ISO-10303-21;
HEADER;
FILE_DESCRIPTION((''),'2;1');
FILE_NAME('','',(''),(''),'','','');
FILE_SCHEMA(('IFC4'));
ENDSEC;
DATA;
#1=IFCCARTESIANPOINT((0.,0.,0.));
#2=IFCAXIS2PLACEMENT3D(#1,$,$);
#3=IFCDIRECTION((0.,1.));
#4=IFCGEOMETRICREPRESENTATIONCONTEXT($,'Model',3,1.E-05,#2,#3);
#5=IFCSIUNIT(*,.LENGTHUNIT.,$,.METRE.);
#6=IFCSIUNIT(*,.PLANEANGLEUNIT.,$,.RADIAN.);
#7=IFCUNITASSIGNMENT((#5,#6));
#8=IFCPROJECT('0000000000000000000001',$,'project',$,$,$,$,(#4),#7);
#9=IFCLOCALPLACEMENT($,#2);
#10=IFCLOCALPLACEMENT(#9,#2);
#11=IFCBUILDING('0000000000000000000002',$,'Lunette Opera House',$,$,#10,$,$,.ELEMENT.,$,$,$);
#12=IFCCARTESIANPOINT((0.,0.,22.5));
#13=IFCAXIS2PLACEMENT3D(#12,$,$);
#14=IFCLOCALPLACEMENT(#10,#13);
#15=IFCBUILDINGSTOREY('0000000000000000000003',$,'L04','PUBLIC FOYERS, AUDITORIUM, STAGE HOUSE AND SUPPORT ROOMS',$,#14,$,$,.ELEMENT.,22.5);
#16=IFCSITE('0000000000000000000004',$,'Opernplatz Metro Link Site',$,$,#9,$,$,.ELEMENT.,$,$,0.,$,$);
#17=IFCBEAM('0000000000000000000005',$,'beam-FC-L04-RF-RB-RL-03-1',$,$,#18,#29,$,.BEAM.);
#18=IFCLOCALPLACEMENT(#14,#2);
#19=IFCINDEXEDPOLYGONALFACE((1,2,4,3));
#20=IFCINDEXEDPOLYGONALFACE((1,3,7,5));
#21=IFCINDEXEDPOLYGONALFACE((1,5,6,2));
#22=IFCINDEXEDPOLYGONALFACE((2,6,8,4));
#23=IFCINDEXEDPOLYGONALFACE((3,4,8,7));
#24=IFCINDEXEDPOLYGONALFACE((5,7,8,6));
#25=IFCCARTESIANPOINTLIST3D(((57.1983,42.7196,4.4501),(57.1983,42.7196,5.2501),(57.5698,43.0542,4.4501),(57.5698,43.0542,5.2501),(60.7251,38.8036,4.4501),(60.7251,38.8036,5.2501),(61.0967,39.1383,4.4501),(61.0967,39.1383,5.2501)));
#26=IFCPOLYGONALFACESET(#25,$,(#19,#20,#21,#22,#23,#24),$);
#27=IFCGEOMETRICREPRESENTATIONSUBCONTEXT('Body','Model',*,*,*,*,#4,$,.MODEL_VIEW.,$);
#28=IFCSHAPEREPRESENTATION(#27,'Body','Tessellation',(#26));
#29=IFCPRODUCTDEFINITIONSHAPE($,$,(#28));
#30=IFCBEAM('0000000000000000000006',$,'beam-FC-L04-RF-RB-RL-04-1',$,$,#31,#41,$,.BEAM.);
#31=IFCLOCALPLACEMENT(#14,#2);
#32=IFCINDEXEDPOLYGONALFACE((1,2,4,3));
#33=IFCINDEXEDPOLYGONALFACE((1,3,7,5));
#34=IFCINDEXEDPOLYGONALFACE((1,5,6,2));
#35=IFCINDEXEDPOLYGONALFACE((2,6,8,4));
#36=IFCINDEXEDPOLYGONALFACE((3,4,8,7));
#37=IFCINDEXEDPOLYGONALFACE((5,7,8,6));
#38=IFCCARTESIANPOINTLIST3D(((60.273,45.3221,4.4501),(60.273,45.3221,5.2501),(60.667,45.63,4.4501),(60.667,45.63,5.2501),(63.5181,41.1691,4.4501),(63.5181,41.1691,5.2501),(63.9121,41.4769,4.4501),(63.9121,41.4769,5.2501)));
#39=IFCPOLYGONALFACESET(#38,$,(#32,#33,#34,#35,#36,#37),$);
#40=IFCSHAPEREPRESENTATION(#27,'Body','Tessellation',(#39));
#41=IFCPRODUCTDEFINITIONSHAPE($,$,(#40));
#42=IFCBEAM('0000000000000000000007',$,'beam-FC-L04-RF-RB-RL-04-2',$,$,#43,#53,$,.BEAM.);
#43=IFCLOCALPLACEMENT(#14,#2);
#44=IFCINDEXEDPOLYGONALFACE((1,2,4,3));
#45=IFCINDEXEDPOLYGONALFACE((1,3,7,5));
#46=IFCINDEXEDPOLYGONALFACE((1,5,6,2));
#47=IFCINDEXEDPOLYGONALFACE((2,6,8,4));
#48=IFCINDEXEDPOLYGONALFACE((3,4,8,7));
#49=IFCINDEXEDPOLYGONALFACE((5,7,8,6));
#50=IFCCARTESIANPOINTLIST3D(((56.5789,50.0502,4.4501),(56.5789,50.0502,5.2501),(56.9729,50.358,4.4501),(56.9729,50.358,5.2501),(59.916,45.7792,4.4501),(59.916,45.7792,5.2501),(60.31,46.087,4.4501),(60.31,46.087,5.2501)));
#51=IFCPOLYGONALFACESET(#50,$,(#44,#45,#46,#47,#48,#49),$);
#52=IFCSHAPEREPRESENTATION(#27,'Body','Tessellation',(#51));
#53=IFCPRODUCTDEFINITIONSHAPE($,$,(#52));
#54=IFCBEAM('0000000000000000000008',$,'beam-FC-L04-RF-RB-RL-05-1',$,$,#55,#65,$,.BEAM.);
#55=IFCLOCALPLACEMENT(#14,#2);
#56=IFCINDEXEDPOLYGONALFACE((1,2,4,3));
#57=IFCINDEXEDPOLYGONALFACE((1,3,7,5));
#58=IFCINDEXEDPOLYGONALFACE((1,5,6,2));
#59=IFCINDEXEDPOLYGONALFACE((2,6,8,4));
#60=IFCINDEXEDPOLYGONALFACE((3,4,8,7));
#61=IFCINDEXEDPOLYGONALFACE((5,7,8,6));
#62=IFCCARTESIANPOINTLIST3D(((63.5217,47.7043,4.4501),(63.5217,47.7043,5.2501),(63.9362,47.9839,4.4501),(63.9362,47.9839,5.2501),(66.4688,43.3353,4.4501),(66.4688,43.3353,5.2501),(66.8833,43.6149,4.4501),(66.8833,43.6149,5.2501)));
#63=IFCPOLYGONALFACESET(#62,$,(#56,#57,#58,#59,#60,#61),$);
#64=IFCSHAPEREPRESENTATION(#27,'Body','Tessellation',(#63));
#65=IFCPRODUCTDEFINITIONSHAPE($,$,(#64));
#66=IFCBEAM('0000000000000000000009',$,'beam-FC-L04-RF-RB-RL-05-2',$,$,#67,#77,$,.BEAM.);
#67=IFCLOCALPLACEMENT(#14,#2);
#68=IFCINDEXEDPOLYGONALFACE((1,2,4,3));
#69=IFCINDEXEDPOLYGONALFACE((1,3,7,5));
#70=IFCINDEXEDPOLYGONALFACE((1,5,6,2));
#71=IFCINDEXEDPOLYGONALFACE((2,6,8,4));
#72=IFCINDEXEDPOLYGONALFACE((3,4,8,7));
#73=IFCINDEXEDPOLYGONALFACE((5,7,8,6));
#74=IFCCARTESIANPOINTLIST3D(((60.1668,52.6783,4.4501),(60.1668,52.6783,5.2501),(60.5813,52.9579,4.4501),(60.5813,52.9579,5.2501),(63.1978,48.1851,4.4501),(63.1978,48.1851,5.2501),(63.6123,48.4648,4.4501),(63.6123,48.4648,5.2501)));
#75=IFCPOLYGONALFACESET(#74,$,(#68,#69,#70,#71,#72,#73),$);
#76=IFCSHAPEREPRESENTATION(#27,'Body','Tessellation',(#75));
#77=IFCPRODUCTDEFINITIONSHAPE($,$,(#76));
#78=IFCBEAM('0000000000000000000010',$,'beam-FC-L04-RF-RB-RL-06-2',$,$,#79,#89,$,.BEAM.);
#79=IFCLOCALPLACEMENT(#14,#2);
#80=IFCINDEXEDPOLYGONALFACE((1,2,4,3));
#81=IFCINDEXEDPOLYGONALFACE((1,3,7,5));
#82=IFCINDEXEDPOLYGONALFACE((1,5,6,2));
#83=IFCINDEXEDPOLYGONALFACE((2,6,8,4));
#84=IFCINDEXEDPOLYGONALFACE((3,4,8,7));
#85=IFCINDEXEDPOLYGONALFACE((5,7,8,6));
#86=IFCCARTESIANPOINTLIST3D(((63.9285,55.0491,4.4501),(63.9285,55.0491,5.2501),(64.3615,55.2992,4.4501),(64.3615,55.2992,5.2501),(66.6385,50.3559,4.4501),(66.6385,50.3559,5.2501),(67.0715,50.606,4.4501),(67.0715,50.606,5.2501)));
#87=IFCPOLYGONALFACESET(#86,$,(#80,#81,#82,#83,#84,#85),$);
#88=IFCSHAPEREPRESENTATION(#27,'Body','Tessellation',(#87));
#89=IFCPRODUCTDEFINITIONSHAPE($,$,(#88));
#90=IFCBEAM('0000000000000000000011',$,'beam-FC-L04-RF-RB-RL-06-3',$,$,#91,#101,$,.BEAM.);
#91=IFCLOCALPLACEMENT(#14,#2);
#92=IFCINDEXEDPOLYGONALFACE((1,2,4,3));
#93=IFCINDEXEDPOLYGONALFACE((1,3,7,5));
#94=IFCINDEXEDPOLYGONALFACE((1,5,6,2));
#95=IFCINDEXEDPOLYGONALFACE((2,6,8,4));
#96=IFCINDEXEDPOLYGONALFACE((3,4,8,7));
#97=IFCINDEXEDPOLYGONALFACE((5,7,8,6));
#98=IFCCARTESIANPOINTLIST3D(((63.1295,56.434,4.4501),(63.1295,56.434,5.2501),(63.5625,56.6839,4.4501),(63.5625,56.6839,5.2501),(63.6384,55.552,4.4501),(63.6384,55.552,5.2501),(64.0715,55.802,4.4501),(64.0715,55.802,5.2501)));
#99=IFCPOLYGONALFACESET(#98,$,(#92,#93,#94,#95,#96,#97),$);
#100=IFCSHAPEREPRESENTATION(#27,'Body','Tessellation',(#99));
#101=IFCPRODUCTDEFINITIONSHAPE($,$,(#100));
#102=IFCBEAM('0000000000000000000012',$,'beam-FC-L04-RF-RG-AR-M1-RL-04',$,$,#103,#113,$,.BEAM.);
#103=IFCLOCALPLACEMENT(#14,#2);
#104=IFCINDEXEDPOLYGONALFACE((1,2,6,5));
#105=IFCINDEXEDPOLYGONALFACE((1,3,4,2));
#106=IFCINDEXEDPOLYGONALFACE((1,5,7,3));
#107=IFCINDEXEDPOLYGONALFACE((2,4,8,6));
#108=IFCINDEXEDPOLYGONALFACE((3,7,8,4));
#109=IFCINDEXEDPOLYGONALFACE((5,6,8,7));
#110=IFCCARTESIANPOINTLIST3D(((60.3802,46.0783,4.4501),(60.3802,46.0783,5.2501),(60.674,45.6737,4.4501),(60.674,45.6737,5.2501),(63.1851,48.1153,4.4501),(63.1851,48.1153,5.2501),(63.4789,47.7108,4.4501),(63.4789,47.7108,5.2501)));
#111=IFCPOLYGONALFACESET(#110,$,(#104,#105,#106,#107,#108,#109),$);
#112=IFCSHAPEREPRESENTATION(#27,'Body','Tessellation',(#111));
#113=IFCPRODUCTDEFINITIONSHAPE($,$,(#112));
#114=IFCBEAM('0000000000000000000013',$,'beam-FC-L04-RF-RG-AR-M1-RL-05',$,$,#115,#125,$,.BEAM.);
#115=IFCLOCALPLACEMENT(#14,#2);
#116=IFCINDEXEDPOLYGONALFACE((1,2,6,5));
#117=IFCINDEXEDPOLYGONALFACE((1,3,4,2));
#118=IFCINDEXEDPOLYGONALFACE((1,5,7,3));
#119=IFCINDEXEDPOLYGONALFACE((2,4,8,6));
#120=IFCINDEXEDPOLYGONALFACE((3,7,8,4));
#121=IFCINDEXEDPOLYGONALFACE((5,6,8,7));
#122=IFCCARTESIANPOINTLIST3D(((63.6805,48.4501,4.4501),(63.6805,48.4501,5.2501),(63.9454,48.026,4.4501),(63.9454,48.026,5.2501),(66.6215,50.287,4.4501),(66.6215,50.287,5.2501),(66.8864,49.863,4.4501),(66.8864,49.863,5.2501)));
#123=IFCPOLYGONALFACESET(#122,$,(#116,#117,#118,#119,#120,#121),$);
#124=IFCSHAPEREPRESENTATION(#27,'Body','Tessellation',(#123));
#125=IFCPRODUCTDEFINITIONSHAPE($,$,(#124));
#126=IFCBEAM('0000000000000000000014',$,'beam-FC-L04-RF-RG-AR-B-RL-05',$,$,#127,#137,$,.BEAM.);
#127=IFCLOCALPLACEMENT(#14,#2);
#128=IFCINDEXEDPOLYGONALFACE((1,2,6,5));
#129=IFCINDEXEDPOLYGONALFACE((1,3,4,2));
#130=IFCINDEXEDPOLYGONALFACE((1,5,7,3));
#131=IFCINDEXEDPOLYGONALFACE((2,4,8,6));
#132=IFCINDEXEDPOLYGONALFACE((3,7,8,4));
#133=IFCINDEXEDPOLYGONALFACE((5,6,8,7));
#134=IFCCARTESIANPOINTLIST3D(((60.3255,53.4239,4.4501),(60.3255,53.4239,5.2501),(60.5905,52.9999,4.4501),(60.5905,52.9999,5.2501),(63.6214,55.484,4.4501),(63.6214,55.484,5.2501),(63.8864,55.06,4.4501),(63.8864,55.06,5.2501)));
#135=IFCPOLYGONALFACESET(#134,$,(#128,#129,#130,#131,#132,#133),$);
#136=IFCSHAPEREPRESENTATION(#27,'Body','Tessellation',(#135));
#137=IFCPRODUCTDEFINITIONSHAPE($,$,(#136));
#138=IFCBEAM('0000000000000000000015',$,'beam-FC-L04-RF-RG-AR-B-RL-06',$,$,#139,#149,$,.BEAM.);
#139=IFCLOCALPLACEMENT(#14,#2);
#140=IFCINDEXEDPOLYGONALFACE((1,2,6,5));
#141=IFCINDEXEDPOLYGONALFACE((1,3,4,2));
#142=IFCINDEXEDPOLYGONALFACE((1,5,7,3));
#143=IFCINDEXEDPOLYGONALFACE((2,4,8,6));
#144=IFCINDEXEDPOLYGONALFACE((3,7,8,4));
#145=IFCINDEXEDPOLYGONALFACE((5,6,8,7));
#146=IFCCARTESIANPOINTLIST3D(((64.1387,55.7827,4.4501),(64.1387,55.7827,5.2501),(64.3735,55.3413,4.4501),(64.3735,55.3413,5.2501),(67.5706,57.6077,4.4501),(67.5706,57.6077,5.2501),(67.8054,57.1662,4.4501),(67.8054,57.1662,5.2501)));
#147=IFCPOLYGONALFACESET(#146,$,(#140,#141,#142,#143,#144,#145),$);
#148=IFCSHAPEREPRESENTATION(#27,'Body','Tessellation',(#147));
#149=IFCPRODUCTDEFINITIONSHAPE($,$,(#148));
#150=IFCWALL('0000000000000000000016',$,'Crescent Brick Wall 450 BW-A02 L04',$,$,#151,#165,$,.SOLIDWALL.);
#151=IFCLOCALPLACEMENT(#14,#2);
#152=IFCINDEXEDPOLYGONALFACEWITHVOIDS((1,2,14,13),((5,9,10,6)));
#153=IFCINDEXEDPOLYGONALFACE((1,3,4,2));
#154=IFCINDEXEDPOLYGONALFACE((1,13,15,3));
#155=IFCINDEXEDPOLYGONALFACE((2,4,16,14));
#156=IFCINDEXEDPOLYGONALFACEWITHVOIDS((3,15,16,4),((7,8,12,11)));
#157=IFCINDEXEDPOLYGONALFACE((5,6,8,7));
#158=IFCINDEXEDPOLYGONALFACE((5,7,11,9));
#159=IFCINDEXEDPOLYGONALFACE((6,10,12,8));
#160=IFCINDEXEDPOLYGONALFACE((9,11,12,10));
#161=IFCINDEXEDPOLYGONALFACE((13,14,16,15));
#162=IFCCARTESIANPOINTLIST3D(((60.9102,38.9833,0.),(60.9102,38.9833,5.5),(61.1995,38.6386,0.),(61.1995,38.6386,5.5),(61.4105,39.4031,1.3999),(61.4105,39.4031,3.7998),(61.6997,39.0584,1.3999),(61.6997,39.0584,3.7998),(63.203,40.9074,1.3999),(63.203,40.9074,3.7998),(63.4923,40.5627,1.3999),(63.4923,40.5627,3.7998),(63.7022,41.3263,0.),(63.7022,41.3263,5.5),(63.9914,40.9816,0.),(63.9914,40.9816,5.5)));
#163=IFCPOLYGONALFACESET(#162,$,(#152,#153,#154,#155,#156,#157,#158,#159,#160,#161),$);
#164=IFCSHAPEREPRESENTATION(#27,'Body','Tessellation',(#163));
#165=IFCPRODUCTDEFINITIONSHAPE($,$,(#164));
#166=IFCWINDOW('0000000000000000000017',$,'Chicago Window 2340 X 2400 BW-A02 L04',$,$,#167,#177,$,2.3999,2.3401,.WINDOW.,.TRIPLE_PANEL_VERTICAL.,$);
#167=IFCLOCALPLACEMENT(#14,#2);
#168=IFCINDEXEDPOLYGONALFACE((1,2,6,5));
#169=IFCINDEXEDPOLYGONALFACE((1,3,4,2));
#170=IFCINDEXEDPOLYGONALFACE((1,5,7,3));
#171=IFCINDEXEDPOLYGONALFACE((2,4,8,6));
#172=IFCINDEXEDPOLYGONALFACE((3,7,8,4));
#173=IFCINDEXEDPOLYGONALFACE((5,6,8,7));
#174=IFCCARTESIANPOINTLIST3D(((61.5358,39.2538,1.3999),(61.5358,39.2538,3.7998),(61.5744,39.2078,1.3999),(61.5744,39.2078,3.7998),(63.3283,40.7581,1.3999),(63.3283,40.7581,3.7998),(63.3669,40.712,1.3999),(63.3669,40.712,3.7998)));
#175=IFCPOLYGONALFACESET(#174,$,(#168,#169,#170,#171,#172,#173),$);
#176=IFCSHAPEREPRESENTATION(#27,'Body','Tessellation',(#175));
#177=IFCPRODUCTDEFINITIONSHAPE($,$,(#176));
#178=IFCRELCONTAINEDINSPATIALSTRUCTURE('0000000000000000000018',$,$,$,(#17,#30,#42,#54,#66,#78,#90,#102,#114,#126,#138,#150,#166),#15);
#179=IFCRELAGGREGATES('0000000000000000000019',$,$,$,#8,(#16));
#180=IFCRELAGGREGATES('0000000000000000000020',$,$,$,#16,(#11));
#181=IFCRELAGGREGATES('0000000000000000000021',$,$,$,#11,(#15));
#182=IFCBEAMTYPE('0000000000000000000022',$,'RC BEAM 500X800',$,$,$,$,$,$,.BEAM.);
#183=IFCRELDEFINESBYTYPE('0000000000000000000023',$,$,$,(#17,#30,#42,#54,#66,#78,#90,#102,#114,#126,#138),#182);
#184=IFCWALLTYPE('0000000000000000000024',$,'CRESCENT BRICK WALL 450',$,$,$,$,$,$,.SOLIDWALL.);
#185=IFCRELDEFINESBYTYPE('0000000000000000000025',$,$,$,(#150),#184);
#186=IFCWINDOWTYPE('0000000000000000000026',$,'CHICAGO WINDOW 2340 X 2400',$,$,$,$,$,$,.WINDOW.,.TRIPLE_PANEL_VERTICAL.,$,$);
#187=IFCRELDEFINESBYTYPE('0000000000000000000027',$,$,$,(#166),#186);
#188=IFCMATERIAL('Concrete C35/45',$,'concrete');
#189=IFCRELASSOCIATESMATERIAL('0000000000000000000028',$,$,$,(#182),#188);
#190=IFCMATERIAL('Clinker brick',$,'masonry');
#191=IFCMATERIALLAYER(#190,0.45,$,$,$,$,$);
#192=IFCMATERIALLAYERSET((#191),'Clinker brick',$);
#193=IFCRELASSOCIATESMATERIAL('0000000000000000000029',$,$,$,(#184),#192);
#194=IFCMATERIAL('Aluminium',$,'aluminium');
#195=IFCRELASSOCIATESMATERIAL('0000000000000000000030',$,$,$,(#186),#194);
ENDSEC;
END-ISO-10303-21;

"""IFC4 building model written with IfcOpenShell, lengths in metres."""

from ifc_helpers import new_model, si_unit, direction, frame, frame_2d, origin, origin_2d, place, context, subcontext, project, spatial, rectangle, extrude, material, layer, layer_set, material_profile, profile_set, type_object, element, fill, save


model = new_model("IFC4")

# Units and contexts
model_context = context("Model", 3, precision=1e-05, world=origin(), true_north=direction((0.0, 1.0)))
body_context = subcontext(model_context, "Body", "Model", "MODEL_VIEW")
ifc_project = project(units=[si_unit("LENGTHUNIT", "METRE"), si_unit("PLANEANGLEUNIT", "RADIAN")], contexts=[model_context])

# Site, building, storey
site_placement = place(None, origin())
site = spatial("IfcSite", under=ifc_project, at=site_placement, Name="Opernplatz Metro Link Site", CompositionType="ELEMENT", RefElevation=0.0)
building_placement = place(site_placement, origin())
building = spatial("IfcBuilding", under=site, at=building_placement, Name="Lunette Opera House", CompositionType="ELEMENT")
storey_placement = place(building_placement, frame((0.0, 0.0, 22.5)))
storey = spatial("IfcBuildingStorey", under=building, at=storey_placement, Name="L04", Description="PUBLIC FOYERS, AUDITORIUM, STAGE HOUSE AND SUPPORT ROOMS", CompositionType="ELEMENT", Elevation=22.5)

# Beams
ifc_material_1 = material(Name="Concrete C35/45", Category="concrete")
ifc_material_profile_1 = material_profile(ifc_material_1, rectangle(XDim=0.5, YDim=0.8, at=origin_2d()), Name="RC BEAM 500X800")
ifc_profile_set_1 = profile_set([ifc_material_profile_1], Name="Concrete C35/45")
beam_type = type_object("IfcBeamType", Name="RC BEAM 500X800", PredefinedType="BEAM", material=ifc_profile_set_1)
beam_1_placement = place(storey_placement, frame((60.9109, 38.9709, 4.8501), z_axis=(-0.669221, 0.743064, 0.0), x_axis=(-0.743064, -0.669221, 0.0)))
element("IfcBeam", 1, at=beam_1_placement, inside=storey, type_object=beam_type, Name="beam-FC-L04-RF-RB-RL-03-1", PredefinedType="BEAM", context=body_context, shape_type="SweptSolid", body=[
    extrude(rectangle(XDim=0.5, YDim=0.8, at=origin_2d()), origin(), (0.0, 0.0, 1.0), 5.27),
])
beam_2_placement = place(storey_placement, frame((63.7151, 41.323, 4.8501), z_axis=(-0.615706, 0.787976, 0.0), x_axis=(-0.787976, -0.615706, 0.0)))
element("IfcBeam", 2, at=beam_2_placement, inside=storey, type_object=beam_type, Name="beam-FC-L04-RF-RB-RL-04-1", PredefinedType="BEAM", context=body_context, shape_type="SweptSolid", body=[
    extrude(rectangle(XDim=0.5, YDim=0.8, at=origin_2d()), origin(), (0.0, 0.0, 1.0), 5.2705),
])
beam_3_placement = place(storey_placement, frame((60.113, 45.9331, 4.8501), z_axis=(-0.615695, 0.787985, 0.0), x_axis=(-0.787985, -0.615695, 0.0)))
element("IfcBeam", 3, at=beam_3_placement, inside=storey, type_object=beam_type, Name="beam-FC-L04-RF-RB-RL-04-2", PredefinedType="BEAM", context=body_context, shape_type="SweptSolid", body=[
    extrude(rectangle(XDim=0.5, YDim=0.8, at=origin_2d()), origin(), (0.0, 0.0, 1.0), 5.4202),
])
beam_4_placement = place(storey_placement, frame((66.676, 43.4751, 4.8501), z_axis=(-0.559214, 0.829023, 0.0), x_axis=(-0.829023, -0.559214, 0.0)))
element("IfcBeam", 4, at=beam_4_placement, inside=storey, type_object=beam_type, Name="beam-FC-L04-RF-RB-RL-05-1", PredefinedType="BEAM", context=body_context, shape_type="SweptSolid", body=[
    extrude(rectangle(XDim=0.5, YDim=0.8, at=origin_2d()), origin(), (0.0, 0.0, 1.0), 5.27),
])
beam_5_placement = place(storey_placement, frame((63.405, 48.325, 4.8501), z_axis=(-0.559235, 0.829009, 0.0), x_axis=(-0.829009, -0.559235, 0.0)))
element("IfcBeam", 5, at=beam_5_placement, inside=storey, type_object=beam_type, Name="beam-FC-L04-RF-RB-RL-05-2", PredefinedType="BEAM", context=body_context, shape_type="SweptSolid", body=[
    extrude(rectangle(XDim=0.5, YDim=0.8, at=origin_2d()), origin(), (0.0, 0.0, 1.0), 5.4199),
])
beam_6_placement = place(storey_placement, frame((66.855, 50.481, 4.8501), z_axis=(-0.500054, 0.865994, 0.0), x_axis=(-0.865994, -0.500054, 0.0)))
element("IfcBeam", 6, at=beam_6_placement, inside=storey, type_object=beam_type, Name="beam-FC-L04-RF-RB-RL-06-2", PredefinedType="BEAM", context=body_context, shape_type="SweptSolid", body=[
    extrude(rectangle(XDim=0.5, YDim=0.8, at=origin_2d()), origin(), (0.0, 0.0, 1.0), 5.4194),
])
beam_7_placement = place(storey_placement, frame((63.855, 55.677, 4.8501), z_axis=(-0.499826, 0.866126, 0.0), x_axis=(-0.866126, -0.499826, 0.0)))
element("IfcBeam", 7, at=beam_7_placement, inside=storey, type_object=beam_type, Name="beam-FC-L04-RF-RB-RL-06-3", PredefinedType="BEAM", context=body_context, shape_type="SweptSolid", body=[
    extrude(rectangle(XDim=0.5, YDim=0.8, at=origin_2d()), origin(), (0.0, 0.0, 1.0), 1.0183),
])
beam_8_placement = place(storey_placement, frame((60.5271, 45.876, 4.8501), z_axis=(0.809126, 0.587636, 0.0), x_axis=(-0.587636, 0.809126, 0.0)))
element("IfcBeam", 8, at=beam_8_placement, inside=storey, type_object=beam_type, Name="beam-FC-L04-RF-RG-AR-M1-RL-04", PredefinedType="BEAM", context=body_context, shape_type="SweptSolid", body=[
    extrude(rectangle(XDim=0.5, YDim=0.8, at=origin_2d()), origin(), (0.0, 0.0, 1.0), 3.4666),
])
beam_9_placement = place(storey_placement, frame((63.813, 48.238, 4.8501), z_axis=(0.848149, 0.529758, 0.0), x_axis=(-0.529758, 0.848149, 0.0)))
element("IfcBeam", 9, at=beam_9_placement, inside=storey, type_object=beam_type, Name="beam-FC-L04-RF-RG-AR-M1-RL-05", PredefinedType="BEAM", context=body_context, shape_type="SweptSolid", body=[
    extrude(rectangle(XDim=0.5, YDim=0.8, at=origin_2d()), origin(), (0.0, 0.0, 1.0), 3.4675),
])
beam_10_placement = place(storey_placement, frame((60.458, 53.2119, 4.8501), z_axis=(0.847984, 0.530022, 0.0), x_axis=(-0.530022, 0.847984, 0.0)))
element("IfcBeam", 10, at=beam_10_placement, inside=storey, type_object=beam_type, Name="beam-FC-L04-RF-RG-AR-B-RL-05", PredefinedType="BEAM", context=body_context, shape_type="SweptSolid", body=[
    extrude(rectangle(XDim=0.5, YDim=0.8, at=origin_2d()), origin(), (0.0, 0.0, 1.0), 3.8867),
])
beam_11_placement = place(storey_placement, frame((64.2561, 55.562, 4.8501), z_axis=(0.882928, 0.469509, 0.0), x_axis=(-0.469509, 0.882928, 0.0)))
element("IfcBeam", 11, at=beam_11_placement, inside=storey, type_object=beam_type, Name="beam-FC-L04-RF-RG-AR-B-RL-06", PredefinedType="BEAM", context=body_context, shape_type="SweptSolid", body=[
    extrude(rectangle(XDim=0.5, YDim=0.8, at=origin_2d()), origin(), (0.0, 0.0, 1.0), 3.887),
])

# Wall, opening, window
ifc_material_2 = material(Name="Clinker brick", Category="masonry")
ifc_layer_1 = layer(ifc_material_2, 0.45)
ifc_layer_set_1 = layer_set([ifc_layer_1], Name="Clinker brick")
wall_type_1 = type_object("IfcWallType", Name="CRESCENT BRICK WALL 450", PredefinedType="SOLIDWALL", material=ifc_layer_set_1)
wall_1_placement = place(storey_placement, frame((61.0549, 38.811, 0.0), z_axis=(0.0, 0.0, 1.0), x_axis=(0.76601, 0.642829, 0.0)))
wall_1 = element("IfcWall", 12, at=wall_1_placement, inside=storey, type_object=wall_type_1, Name="Crescent Brick Wall 450 BW-A02 L04", PredefinedType="SOLIDWALL", context=body_context, shape_type="SweptSolid", body=[
    extrude(rectangle(XDim=3.6448, YDim=0.45, at=frame_2d((1.8223, 0.0))), origin(), (0.0, 0.0, 1.0), 5.5),
])
opening_1_placement = place(wall_1_placement, frame((0.6531, 0.0, 1.3999)))
opening_1 = element("IfcOpeningElement", 13, at=opening_1_placement, cuts=wall_1, PredefinedType="OPENING", context=body_context, shape_type="SweptSolid", body=[
    extrude(rectangle(XDim=2.3401, YDim=2.3999, at=frame_2d((1.1699, 1.2))), frame((0.0, 0.2371, 0.0), z_axis=(0.0, -1.0, 0.0), x_axis=(1.0, 0.0, 0.0)), (0.0, 0.0, 1.0), 0.4739),
])
ifc_material_3 = material(Name="Aluminium", Category="aluminium")
window_type = type_object("IfcWindowType", Name="CHICAGO WINDOW 2340 X 2400", PartitioningType="TRIPLE_PANEL_VERTICAL", PredefinedType="WINDOW", material=ifc_material_3)
window_1_placement = place(opening_1_placement, origin())
window_1 = element("IfcWindow", 14, at=window_1_placement, inside=storey, type_object=window_type, Name="Chicago Window 2340 X 2400 BW-A02 L04", OverallHeight=2.3999, OverallWidth=2.3401, PartitioningType="TRIPLE_PANEL_VERTICAL", PredefinedType="WINDOW", context=body_context, shape_type="SweptSolid", body=[
    extrude(rectangle(XDim=2.3401, YDim=2.3999, at=frame_2d((1.1699, 1.2))), frame((0.0, 0.03, 0.0), z_axis=(0.0, -1.0, 0.0), x_axis=(1.0, 0.0, 0.0)), (0.0, 0.0, 1.0), 0.0601),
])
fill(opening_1, window_1)

save(model, "model.ifc")
